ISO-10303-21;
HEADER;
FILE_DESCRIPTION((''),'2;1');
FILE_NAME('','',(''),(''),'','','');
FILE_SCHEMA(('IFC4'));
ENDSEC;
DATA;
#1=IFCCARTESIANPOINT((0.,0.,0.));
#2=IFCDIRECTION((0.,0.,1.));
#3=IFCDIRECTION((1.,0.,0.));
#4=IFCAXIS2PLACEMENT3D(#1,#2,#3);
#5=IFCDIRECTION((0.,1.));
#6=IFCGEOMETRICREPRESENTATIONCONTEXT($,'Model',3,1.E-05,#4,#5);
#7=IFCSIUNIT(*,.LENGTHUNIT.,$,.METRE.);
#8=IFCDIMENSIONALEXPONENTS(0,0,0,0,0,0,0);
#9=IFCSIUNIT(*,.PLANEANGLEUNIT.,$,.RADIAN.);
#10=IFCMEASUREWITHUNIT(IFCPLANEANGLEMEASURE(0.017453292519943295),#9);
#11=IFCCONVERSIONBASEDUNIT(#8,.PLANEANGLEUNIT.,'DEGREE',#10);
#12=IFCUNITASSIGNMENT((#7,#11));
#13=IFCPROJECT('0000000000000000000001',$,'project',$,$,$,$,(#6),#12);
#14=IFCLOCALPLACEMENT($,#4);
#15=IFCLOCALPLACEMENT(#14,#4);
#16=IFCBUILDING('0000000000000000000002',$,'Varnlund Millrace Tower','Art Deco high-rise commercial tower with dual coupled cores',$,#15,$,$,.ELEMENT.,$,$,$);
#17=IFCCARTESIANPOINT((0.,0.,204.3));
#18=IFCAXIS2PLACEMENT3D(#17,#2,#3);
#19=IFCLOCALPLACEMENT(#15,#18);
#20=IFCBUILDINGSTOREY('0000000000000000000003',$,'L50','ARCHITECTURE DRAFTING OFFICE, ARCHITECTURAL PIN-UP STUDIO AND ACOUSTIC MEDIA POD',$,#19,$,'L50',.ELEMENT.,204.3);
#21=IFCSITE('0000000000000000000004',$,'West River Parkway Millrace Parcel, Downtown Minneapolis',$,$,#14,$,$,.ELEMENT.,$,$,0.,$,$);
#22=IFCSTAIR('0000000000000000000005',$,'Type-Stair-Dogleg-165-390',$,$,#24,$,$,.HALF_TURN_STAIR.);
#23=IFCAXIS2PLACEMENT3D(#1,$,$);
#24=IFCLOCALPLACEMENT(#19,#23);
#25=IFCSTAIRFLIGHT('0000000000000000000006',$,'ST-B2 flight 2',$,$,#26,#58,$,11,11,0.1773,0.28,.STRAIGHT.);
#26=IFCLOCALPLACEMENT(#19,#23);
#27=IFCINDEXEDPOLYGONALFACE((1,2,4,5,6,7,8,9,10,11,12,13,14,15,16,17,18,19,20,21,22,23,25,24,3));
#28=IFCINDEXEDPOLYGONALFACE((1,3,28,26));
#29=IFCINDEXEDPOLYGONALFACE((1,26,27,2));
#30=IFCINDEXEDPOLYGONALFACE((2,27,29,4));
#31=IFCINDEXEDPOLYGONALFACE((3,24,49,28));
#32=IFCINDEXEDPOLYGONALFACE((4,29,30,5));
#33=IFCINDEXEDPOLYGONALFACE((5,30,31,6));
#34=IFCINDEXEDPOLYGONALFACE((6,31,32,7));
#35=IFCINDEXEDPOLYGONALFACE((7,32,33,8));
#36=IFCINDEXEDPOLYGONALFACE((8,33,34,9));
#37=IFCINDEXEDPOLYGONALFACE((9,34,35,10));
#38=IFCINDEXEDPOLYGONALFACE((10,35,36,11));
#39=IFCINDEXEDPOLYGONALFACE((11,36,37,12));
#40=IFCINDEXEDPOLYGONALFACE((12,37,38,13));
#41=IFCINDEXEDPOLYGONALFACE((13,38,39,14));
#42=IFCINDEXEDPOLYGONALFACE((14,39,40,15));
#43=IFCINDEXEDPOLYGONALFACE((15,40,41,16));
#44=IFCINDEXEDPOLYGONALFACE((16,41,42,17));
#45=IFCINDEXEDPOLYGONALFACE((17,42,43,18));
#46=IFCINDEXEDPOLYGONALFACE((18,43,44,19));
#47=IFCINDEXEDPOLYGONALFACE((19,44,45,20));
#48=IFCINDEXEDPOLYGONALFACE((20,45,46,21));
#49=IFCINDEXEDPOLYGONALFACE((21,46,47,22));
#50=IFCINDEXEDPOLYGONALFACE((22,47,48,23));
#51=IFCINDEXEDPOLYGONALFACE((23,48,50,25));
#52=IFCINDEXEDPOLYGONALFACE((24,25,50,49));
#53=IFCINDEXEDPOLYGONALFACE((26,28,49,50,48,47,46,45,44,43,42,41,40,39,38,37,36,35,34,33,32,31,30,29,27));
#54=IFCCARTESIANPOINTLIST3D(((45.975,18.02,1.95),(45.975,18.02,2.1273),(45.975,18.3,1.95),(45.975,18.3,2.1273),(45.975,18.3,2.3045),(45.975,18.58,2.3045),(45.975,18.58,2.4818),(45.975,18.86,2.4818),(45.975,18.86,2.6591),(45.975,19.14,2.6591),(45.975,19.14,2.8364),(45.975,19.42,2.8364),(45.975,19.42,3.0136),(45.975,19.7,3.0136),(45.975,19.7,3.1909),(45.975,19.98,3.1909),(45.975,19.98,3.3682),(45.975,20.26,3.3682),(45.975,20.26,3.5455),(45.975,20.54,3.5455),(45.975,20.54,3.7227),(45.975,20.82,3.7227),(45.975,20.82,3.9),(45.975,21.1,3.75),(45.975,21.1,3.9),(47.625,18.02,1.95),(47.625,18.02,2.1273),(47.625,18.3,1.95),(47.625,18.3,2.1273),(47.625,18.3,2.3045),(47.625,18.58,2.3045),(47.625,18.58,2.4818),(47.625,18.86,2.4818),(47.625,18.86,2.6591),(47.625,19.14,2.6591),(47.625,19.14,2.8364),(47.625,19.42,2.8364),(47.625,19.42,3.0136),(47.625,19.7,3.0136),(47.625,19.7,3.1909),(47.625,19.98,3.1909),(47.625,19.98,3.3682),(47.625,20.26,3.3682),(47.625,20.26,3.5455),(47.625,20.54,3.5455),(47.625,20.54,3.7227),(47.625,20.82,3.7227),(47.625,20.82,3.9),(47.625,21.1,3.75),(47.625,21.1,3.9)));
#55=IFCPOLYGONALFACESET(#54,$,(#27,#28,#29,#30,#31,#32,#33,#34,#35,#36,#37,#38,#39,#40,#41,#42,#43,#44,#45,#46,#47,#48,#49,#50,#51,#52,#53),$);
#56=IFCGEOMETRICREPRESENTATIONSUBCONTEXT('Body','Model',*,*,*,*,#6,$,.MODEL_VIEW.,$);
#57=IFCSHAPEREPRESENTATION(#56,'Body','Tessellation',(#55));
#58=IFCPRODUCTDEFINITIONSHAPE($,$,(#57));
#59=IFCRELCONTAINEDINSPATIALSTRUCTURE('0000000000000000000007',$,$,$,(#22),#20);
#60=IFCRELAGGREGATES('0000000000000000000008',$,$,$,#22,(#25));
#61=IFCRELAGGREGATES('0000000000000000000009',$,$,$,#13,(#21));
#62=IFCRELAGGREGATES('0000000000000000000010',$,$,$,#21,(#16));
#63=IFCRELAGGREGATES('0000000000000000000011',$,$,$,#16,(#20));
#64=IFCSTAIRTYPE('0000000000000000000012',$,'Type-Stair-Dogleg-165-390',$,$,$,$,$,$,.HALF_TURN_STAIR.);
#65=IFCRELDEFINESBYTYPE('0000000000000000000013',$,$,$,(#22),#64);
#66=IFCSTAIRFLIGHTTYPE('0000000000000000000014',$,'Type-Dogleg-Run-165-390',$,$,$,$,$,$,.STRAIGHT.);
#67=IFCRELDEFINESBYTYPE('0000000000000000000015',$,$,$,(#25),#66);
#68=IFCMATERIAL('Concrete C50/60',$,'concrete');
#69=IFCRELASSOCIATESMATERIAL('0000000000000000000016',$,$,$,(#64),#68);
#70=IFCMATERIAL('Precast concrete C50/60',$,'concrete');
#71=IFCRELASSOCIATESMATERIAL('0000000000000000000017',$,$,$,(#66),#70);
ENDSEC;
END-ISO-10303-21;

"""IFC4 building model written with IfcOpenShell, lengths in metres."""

from ifc_helpers import new_model, entity, si_unit, converted_unit, direction, frame, origin_with_axes, place, context, subcontext, project, spatial, polyline, outline, extrude, material, type_object, element, aggregate, save


model = new_model("IFC4")

# Units and contexts
model_context = context("Model", 3, precision=1e-05, world=origin_with_axes(), true_north=direction((0.0, 1.0)))
body_context = subcontext(model_context, "Body", "Model", "MODEL_VIEW")
ifc_project = project(units=[si_unit("LENGTHUNIT", "METRE"), converted_unit("PLANEANGLEUNIT", "DEGREE", entity("IfcPlaneAngleMeasure", 0.017453292519943295), si_unit("PLANEANGLEUNIT", "RADIAN"), dimensions=[0, 0, 0, 0, 0, 0, 0])], contexts=[model_context])

# Site, building, storey
site_placement = place(None, origin_with_axes())
site = spatial("IfcSite", under=ifc_project, at=site_placement, Name="West River Parkway Millrace Parcel, Downtown Minneapolis", CompositionType="ELEMENT", RefElevation=0.0)
building_placement = place(site_placement, origin_with_axes())
building = spatial("IfcBuilding", under=site, at=building_placement, Name="Varnlund Millrace Tower", Description="Art Deco high-rise commercial tower with dual coupled cores", CompositionType="ELEMENT")
storey_placement = place(building_placement, frame((0.0, 0.0, 204.3), z_axis=(0.0, 0.0, 1.0), x_axis=(1.0, 0.0, 0.0)))
storey = spatial("IfcBuildingStorey", under=building, at=storey_placement, Name="L50", Description="ARCHITECTURE DRAFTING OFFICE, ARCHITECTURAL PIN-UP STUDIO AND ACOUSTIC MEDIA POD", LongName="L50", CompositionType="ELEMENT", Elevation=204.3)

# Shared definitions
ifc_material_1 = material(Name="Precast concrete C50/60", Category="concrete")

# Stair, stair flight
ifc_material_2 = material(Name="Concrete C50/60", Category="concrete")
stair_type = type_object("IfcStairType", Name="Type-Stair-Dogleg-165-390", PredefinedType="HALF_TURN_STAIR", material=ifc_material_2)
stair_placement = place(storey_placement, origin_with_axes())
stair = element("IfcStair", 1, at=stair_placement, inside=storey, type_object=stair_type, Name="Type-Stair-Dogleg-165-390", PredefinedType="HALF_TURN_STAIR")
stair_flight_type = type_object("IfcStairFlightType", Name="Type-Dogleg-Run-165-390", PredefinedType="STRAIGHT", material=ifc_material_1)
stair_flight_placement = place(storey_placement, frame((45.975, 18.02, 1.95), z_axis=(1.0, 0.0, 0.0), x_axis=(0.0, 1.0, 0.0)))
stair_flight = element("IfcStairFlight", 2, at=stair_flight_placement, type_object=stair_flight_type, Name="ST-B2 flight 2", NumberOfRisers=11, NumberOfTreads=11, PredefinedType="STRAIGHT", RiserHeight=0.1773, TreadLength=0.28, context=body_context, shape_type="SweptSolid", body=[
    extrude(outline(polyline([(0.0, 0.0), (0.0, 0.1773), (0.28, 0.1773), (0.28, 0.3545), (0.56, 0.3545), (0.56, 0.5318), (0.84, 0.5318), (0.84, 0.7091), (1.12, 0.7091), (1.12, 0.8864), (1.4, 0.8864), (1.4, 1.0636), (1.68, 1.0636), (1.68, 1.2409), (1.96, 1.2409), (1.96, 1.4182), (2.24, 1.4182), (2.24, 1.5955), (2.52, 1.5955), (2.52, 1.7727), (2.8, 1.7727), (2.8, 1.95), (3.08, 1.95), (3.08, 1.8), (0.28, 0.0), (0.0, 0.0)])), origin_with_axes(), (0.0, 0.0, 1.0), 1.65),
])
aggregate(stair, [stair_flight])

save(model, "model.ifc")
